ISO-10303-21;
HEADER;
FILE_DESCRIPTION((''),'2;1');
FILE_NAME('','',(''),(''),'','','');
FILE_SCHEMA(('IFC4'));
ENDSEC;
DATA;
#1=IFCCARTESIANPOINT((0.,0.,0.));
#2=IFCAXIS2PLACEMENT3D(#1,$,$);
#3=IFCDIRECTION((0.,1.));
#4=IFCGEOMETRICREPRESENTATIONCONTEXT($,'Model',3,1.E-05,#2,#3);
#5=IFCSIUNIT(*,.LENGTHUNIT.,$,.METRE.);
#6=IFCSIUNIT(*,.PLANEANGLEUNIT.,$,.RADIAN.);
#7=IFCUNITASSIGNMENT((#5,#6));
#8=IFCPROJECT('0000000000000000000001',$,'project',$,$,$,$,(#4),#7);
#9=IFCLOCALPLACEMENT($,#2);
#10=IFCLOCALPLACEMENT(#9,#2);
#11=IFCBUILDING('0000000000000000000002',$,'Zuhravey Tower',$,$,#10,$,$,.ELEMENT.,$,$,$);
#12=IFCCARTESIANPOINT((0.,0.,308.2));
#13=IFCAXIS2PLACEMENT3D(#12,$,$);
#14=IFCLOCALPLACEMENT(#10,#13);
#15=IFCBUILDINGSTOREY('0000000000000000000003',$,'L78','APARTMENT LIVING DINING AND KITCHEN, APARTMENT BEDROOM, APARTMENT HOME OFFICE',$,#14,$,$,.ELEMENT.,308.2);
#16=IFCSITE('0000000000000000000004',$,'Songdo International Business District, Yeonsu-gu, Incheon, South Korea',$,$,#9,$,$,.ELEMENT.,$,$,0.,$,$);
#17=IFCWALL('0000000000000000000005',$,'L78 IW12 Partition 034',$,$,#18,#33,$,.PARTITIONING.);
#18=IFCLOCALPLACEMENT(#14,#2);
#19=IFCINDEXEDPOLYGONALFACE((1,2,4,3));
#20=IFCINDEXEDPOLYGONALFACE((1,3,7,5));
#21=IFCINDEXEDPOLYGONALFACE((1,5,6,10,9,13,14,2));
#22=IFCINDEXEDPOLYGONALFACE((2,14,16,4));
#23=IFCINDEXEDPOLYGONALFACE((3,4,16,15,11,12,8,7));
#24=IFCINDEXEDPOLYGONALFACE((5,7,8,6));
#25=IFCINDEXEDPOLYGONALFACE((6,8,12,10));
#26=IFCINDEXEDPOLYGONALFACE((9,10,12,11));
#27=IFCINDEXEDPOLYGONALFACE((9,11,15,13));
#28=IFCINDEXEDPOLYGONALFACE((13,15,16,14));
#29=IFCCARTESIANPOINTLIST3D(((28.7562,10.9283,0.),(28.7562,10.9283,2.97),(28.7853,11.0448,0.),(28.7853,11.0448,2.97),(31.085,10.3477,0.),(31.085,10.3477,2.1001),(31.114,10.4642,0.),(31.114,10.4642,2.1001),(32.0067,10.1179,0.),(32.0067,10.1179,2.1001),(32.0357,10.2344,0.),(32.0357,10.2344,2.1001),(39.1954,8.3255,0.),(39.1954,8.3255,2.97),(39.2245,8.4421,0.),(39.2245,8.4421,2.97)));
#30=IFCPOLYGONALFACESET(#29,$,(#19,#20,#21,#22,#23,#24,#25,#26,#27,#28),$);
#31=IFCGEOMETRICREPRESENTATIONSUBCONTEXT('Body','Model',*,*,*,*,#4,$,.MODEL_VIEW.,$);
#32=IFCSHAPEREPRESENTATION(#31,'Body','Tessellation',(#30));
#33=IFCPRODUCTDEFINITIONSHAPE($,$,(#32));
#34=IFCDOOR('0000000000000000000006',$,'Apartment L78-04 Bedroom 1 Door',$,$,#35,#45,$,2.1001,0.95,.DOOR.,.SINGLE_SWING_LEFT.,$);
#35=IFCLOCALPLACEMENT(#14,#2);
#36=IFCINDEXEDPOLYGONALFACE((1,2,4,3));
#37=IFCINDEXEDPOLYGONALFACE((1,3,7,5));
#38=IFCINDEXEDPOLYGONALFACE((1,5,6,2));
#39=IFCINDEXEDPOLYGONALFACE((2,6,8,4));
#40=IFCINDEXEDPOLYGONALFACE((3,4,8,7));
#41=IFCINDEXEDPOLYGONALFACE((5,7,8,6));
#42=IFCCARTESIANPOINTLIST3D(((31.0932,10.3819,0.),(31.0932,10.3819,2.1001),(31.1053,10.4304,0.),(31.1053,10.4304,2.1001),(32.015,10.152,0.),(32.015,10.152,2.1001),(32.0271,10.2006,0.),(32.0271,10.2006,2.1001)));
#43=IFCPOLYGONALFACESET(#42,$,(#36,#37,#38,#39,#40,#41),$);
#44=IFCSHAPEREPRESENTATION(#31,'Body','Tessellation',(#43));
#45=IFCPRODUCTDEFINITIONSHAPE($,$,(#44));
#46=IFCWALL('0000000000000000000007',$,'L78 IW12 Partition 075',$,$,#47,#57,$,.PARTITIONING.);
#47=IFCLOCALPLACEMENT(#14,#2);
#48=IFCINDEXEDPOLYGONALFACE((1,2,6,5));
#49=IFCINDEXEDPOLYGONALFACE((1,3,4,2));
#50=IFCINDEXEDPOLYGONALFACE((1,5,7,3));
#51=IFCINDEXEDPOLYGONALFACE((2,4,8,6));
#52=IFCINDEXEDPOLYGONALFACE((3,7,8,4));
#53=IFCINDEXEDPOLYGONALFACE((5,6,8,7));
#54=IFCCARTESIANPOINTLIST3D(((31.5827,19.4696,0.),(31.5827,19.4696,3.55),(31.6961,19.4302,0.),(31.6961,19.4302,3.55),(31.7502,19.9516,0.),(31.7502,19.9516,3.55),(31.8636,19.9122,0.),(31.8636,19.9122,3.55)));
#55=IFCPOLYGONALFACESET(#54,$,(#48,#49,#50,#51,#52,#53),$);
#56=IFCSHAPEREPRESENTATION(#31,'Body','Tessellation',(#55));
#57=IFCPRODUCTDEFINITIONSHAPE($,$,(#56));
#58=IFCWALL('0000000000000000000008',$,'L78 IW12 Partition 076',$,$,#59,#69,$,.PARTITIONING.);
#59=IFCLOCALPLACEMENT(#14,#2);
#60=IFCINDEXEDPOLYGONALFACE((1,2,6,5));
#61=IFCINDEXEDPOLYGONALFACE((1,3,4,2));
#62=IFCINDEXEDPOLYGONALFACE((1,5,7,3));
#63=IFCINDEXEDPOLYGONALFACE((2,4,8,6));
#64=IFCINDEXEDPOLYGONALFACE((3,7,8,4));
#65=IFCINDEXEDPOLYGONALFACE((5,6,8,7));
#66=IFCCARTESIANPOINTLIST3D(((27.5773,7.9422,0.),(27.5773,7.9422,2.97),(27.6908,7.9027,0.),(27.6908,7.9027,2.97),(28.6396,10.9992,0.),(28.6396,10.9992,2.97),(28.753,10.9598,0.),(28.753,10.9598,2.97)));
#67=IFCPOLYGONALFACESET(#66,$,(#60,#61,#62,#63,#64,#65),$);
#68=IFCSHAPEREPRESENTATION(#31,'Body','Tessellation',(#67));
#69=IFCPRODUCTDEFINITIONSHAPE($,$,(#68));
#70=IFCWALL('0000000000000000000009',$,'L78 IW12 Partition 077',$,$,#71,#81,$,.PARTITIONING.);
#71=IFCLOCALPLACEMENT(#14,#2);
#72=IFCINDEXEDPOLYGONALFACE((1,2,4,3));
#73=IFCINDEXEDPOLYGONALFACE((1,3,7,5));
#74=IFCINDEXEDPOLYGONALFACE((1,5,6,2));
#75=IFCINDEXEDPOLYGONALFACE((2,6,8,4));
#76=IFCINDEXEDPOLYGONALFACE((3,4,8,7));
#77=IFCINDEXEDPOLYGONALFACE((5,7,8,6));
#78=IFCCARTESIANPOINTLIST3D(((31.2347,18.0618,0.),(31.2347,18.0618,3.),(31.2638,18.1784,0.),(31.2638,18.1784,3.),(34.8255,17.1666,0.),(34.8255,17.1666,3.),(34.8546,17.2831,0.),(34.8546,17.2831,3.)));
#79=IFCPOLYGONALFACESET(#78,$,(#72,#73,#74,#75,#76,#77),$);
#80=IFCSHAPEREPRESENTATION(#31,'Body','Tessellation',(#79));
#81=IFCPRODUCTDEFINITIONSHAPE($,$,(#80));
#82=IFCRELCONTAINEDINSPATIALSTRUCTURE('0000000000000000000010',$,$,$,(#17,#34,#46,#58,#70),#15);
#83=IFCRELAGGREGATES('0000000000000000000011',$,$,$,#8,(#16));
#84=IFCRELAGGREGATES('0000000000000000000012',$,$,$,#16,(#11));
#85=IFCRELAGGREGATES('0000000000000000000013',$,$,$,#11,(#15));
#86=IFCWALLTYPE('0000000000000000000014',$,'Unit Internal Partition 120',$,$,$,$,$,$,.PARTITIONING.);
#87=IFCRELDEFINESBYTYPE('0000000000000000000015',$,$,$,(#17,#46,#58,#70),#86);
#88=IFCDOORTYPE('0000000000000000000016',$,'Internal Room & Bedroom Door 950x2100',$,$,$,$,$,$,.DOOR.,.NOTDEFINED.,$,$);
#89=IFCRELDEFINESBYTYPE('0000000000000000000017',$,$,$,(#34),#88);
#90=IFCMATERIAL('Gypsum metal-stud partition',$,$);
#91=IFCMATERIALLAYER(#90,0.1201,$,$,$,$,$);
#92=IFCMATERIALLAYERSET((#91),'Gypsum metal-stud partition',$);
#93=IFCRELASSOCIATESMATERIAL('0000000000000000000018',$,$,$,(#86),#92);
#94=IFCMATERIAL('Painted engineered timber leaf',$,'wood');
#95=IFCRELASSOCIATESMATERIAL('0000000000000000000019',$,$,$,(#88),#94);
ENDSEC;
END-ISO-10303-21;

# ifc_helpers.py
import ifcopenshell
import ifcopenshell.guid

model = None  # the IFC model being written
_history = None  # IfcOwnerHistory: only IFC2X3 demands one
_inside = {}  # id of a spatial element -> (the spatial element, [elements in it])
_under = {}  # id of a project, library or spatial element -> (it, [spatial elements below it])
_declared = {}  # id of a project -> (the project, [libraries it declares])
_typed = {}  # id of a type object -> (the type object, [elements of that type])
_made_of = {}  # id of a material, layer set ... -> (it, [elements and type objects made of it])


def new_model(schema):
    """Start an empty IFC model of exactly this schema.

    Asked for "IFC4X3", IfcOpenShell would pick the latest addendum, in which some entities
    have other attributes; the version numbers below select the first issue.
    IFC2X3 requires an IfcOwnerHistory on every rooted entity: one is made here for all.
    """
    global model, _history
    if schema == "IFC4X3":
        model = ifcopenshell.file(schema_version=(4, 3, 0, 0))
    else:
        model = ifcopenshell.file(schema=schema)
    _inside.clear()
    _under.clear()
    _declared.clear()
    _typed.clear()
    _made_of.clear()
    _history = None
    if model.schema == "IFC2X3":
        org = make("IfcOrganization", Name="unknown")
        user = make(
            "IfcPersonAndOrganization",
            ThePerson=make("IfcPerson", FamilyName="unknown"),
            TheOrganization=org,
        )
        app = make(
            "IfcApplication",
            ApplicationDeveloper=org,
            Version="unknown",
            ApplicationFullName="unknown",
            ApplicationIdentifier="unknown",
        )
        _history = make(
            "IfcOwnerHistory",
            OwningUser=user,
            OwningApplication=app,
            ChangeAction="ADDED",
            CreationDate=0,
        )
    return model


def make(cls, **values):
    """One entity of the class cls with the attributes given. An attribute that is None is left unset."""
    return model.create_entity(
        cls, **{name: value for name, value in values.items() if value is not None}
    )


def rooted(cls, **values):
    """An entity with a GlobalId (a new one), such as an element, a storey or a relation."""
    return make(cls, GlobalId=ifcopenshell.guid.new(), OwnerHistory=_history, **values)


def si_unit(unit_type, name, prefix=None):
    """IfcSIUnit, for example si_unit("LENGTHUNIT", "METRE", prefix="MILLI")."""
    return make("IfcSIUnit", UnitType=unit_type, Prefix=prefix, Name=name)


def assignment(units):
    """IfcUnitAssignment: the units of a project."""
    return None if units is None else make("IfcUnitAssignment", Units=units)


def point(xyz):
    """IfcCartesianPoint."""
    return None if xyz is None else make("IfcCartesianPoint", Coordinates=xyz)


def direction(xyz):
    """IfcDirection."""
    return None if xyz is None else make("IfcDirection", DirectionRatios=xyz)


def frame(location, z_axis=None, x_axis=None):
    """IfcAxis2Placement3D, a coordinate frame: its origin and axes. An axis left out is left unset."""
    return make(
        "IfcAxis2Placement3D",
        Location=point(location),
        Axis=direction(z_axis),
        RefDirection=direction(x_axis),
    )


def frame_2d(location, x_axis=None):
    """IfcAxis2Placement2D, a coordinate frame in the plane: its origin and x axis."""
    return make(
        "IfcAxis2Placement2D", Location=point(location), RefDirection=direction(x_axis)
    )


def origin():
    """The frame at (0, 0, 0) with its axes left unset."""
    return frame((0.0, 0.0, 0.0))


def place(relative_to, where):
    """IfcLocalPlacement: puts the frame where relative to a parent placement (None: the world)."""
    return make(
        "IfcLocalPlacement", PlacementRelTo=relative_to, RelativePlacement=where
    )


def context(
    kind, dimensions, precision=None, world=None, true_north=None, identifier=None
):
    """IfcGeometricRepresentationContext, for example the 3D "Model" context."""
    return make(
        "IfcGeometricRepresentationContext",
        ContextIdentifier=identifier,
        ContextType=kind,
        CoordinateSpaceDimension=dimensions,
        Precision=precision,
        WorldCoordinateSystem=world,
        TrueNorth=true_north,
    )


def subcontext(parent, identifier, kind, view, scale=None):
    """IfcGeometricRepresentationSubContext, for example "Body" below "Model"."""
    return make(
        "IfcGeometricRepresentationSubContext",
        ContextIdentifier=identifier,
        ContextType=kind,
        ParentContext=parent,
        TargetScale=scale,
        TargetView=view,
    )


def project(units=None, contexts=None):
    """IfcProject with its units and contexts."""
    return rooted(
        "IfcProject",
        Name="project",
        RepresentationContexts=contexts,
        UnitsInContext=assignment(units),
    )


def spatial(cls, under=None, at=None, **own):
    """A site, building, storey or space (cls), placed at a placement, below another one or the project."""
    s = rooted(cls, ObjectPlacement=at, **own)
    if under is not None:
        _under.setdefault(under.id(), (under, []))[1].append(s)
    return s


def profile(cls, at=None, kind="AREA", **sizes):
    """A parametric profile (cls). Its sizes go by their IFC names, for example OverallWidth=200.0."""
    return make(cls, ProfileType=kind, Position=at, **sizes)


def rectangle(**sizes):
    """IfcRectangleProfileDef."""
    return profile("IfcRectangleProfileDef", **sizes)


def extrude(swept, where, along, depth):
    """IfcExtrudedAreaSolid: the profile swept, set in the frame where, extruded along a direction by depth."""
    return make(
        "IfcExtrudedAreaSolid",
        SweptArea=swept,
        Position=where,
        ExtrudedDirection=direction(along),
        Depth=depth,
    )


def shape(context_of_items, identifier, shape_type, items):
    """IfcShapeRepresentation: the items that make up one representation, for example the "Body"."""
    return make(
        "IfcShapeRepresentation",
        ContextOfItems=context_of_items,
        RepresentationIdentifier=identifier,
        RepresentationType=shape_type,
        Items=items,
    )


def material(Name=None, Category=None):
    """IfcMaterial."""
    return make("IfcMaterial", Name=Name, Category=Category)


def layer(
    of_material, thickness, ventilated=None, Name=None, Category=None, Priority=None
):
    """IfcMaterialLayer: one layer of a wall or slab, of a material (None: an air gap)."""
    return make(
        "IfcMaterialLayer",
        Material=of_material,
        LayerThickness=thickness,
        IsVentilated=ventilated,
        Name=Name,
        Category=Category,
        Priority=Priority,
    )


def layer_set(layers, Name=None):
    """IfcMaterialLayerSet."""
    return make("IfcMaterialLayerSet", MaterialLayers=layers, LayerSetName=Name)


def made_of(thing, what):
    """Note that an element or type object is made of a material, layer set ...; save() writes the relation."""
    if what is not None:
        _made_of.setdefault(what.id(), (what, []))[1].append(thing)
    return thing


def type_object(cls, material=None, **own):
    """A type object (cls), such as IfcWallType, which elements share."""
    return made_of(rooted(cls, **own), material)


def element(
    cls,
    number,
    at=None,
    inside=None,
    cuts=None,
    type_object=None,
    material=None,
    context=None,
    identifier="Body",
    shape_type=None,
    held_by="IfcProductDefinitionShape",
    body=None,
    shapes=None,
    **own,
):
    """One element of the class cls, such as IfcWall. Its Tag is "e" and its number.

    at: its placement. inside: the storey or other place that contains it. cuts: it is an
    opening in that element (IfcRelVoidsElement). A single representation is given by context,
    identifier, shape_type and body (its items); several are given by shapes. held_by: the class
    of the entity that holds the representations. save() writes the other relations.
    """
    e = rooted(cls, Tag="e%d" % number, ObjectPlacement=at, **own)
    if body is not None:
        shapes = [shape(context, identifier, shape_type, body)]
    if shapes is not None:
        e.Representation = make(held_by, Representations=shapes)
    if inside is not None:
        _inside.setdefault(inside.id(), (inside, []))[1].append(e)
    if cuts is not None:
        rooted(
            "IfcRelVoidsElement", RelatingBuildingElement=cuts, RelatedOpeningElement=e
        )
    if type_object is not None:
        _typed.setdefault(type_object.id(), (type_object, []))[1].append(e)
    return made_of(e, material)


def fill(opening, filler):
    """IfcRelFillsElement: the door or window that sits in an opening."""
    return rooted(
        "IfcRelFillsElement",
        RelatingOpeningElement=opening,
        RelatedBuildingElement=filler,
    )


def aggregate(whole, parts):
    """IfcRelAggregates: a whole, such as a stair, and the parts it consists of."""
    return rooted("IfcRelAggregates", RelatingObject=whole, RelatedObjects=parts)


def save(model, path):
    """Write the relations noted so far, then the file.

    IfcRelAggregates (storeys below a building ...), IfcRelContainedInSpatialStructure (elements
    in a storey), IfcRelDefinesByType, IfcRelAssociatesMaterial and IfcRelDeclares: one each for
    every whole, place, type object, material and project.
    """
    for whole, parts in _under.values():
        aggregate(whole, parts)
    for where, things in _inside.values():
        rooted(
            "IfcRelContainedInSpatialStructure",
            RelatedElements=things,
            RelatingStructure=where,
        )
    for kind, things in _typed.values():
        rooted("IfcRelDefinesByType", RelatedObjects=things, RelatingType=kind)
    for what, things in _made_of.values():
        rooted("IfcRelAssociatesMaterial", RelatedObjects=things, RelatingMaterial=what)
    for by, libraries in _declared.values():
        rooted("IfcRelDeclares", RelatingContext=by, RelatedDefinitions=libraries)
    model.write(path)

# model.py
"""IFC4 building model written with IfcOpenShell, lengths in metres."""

from ifc_helpers import new_model, si_unit, direction, frame, frame_2d, origin, place, context, subcontext, project, spatial, rectangle, extrude, material, layer, layer_set, type_object, element, fill, save


model = new_model("IFC4")

# Units and contexts
model_context = context("Model", 3, precision=1e-05, world=origin(), true_north=direction((0.0, 1.0)))
body_context = subcontext(model_context, "Body", "Model", "MODEL_VIEW")
ifc_project = project(units=[si_unit("LENGTHUNIT", "METRE"), si_unit("PLANEANGLEUNIT", "RADIAN")], contexts=[model_context])

# Site, building, storey
site_placement = place(None, origin())
site = spatial("IfcSite", under=ifc_project, at=site_placement, Name="Songdo International Business District, Yeonsu-gu, Incheon, South Korea", CompositionType="ELEMENT", RefElevation=0.0)
building_placement = place(site_placement, origin())
building = spatial("IfcBuilding", under=site, at=building_placement, Name="Zuhravey Tower", CompositionType="ELEMENT")
storey_placement = place(building_placement, frame((0.0, 0.0, 308.2)))
storey = spatial("IfcBuildingStorey", under=building, at=storey_placement, Name="L78", Description="APARTMENT LIVING DINING AND KITCHEN, APARTMENT BEDROOM, APARTMENT HOME OFFICE", CompositionType="ELEMENT", Elevation=308.2)

# Wall, opening, door
ifc_material_1 = material(Name="Gypsum metal-stud partition")
ifc_layer_1 = layer(ifc_material_1, 0.1201)
ifc_layer_set_1 = layer_set([ifc_layer_1], Name="Gypsum metal-stud partition")
wall_type_1 = type_object("IfcWallType", Name="Unit Internal Partition 120", PredefinedType="PARTITIONING", material=ifc_layer_set_1)
ifc_material_2 = material(Name="Painted engineered timber leaf", Category="wood")
door_type_1 = type_object("IfcDoorType", Name="Internal Room & Bedroom Door 950x2100", OperationType="NOTDEFINED", PredefinedType="DOOR", material=ifc_material_2)
wall_1_placement = place(storey_placement, frame((28.7708, 10.9866, 0.0), z_axis=(0.0, 0.0, 1.0), x_axis=(0.970296, -0.241922, 0.0)))
wall_1 = element("IfcWall", 1, at=wall_1_placement, inside=storey, type_object=wall_type_1, Name="L78 IW12 Partition 034", PredefinedType="PARTITIONING", context=body_context, shape_type="SweptSolid", body=[
    extrude(rectangle(XDim=10.7588, YDim=0.1201, at=frame_2d((5.3794, 0.0))), origin(), (0.0, 0.0, 1.0), 2.97),
])
opening_1_placement = place(wall_1_placement, frame((2.3999, 0.0, 0.0)))
opening_1 = element("IfcOpeningElement", 2, at=opening_1_placement, cuts=wall_1, PredefinedType="OPENING", context=body_context, shape_type="SweptSolid", body=[
    extrude(rectangle(XDim=0.95, YDim=2.1001, at=frame_2d((0.4751, 1.05))), frame((0.0, 0.072, 0.0), z_axis=(0.0, -1.0, 0.0), x_axis=(1.0, 0.0, 0.0)), (0.0, 0.0, 1.0), 0.144),
])
door_1_placement = place(opening_1_placement, frame((0.95, 0.0, 0.0), z_axis=(0.0, 0.0, 1.0), x_axis=(-1.0, 0.0, 0.0)))
door_1 = element("IfcDoor", 3, at=door_1_placement, inside=storey, type_object=door_type_1, Name="Apartment L78-04 Bedroom 1 Door", OperationType="SINGLE_SWING_LEFT", OverallHeight=2.1001, OverallWidth=0.95, PredefinedType="DOOR", context=body_context, shape_type="SweptSolid", body=[
    extrude(rectangle(XDim=0.95, YDim=2.1001, at=frame_2d((0.4751, 1.05))), frame((0.0, 0.0249, 0.0), z_axis=(0.0, -1.0, 0.0), x_axis=(1.0, 0.0, 0.0)), (0.0, 0.0, 1.0), 0.05),
])
fill(opening_1, door_1)

# Walls
wall_2_placement = place(storey_placement, frame((31.8069, 19.9319, 0.0), z_axis=(0.0, 0.0, 1.0), x_axis=(-0.328261, -0.944587, 0.0)))
element("IfcWall", 4, at=wall_2_placement, inside=storey, type_object=wall_type_1, Name="L78 IW12 Partition 075", PredefinedType="PARTITIONING", context=body_context, shape_type="SweptSolid", body=[
    extrude(rectangle(XDim=0.5103, YDim=0.1201, at=frame_2d((0.2551, 0.0))), origin(), (0.0, 0.0, 1.0), 3.55),
])
wall_3_placement = place(storey_placement, frame((28.6963, 10.9795, 0.0), z_axis=(0.0, 0.0, 1.0), x_axis=(-0.328219, -0.944602, 0.0)))
element("IfcWall", 5, at=wall_3_placement, inside=storey, type_object=wall_type_1, Name="L78 IW12 Partition 076", PredefinedType="PARTITIONING", context=body_context, shape_type="SweptSolid", body=[
    extrude(rectangle(XDim=3.2363, YDim=0.1201, at=frame_2d((1.6182, 0.0))), origin(), (0.0, 0.0, 1.0), 2.97),
])
wall_4_placement = place(storey_placement, frame((31.2493, 18.1201, 0.0), z_axis=(0.0, 0.0, 1.0), x_axis=(0.970298, -0.241915, 0.0)))
element("IfcWall", 6, at=wall_4_placement, inside=storey, type_object=wall_type_1, Name="L78 IW12 Partition 077", PredefinedType="PARTITIONING", context=body_context, shape_type="SweptSolid", body=[
    extrude(rectangle(XDim=3.7007, YDim=0.1201, at=frame_2d((1.8503, 0.0))), origin(), (0.0, 0.0, 1.0), 3.0),
])

save(model, "model.ifc")
